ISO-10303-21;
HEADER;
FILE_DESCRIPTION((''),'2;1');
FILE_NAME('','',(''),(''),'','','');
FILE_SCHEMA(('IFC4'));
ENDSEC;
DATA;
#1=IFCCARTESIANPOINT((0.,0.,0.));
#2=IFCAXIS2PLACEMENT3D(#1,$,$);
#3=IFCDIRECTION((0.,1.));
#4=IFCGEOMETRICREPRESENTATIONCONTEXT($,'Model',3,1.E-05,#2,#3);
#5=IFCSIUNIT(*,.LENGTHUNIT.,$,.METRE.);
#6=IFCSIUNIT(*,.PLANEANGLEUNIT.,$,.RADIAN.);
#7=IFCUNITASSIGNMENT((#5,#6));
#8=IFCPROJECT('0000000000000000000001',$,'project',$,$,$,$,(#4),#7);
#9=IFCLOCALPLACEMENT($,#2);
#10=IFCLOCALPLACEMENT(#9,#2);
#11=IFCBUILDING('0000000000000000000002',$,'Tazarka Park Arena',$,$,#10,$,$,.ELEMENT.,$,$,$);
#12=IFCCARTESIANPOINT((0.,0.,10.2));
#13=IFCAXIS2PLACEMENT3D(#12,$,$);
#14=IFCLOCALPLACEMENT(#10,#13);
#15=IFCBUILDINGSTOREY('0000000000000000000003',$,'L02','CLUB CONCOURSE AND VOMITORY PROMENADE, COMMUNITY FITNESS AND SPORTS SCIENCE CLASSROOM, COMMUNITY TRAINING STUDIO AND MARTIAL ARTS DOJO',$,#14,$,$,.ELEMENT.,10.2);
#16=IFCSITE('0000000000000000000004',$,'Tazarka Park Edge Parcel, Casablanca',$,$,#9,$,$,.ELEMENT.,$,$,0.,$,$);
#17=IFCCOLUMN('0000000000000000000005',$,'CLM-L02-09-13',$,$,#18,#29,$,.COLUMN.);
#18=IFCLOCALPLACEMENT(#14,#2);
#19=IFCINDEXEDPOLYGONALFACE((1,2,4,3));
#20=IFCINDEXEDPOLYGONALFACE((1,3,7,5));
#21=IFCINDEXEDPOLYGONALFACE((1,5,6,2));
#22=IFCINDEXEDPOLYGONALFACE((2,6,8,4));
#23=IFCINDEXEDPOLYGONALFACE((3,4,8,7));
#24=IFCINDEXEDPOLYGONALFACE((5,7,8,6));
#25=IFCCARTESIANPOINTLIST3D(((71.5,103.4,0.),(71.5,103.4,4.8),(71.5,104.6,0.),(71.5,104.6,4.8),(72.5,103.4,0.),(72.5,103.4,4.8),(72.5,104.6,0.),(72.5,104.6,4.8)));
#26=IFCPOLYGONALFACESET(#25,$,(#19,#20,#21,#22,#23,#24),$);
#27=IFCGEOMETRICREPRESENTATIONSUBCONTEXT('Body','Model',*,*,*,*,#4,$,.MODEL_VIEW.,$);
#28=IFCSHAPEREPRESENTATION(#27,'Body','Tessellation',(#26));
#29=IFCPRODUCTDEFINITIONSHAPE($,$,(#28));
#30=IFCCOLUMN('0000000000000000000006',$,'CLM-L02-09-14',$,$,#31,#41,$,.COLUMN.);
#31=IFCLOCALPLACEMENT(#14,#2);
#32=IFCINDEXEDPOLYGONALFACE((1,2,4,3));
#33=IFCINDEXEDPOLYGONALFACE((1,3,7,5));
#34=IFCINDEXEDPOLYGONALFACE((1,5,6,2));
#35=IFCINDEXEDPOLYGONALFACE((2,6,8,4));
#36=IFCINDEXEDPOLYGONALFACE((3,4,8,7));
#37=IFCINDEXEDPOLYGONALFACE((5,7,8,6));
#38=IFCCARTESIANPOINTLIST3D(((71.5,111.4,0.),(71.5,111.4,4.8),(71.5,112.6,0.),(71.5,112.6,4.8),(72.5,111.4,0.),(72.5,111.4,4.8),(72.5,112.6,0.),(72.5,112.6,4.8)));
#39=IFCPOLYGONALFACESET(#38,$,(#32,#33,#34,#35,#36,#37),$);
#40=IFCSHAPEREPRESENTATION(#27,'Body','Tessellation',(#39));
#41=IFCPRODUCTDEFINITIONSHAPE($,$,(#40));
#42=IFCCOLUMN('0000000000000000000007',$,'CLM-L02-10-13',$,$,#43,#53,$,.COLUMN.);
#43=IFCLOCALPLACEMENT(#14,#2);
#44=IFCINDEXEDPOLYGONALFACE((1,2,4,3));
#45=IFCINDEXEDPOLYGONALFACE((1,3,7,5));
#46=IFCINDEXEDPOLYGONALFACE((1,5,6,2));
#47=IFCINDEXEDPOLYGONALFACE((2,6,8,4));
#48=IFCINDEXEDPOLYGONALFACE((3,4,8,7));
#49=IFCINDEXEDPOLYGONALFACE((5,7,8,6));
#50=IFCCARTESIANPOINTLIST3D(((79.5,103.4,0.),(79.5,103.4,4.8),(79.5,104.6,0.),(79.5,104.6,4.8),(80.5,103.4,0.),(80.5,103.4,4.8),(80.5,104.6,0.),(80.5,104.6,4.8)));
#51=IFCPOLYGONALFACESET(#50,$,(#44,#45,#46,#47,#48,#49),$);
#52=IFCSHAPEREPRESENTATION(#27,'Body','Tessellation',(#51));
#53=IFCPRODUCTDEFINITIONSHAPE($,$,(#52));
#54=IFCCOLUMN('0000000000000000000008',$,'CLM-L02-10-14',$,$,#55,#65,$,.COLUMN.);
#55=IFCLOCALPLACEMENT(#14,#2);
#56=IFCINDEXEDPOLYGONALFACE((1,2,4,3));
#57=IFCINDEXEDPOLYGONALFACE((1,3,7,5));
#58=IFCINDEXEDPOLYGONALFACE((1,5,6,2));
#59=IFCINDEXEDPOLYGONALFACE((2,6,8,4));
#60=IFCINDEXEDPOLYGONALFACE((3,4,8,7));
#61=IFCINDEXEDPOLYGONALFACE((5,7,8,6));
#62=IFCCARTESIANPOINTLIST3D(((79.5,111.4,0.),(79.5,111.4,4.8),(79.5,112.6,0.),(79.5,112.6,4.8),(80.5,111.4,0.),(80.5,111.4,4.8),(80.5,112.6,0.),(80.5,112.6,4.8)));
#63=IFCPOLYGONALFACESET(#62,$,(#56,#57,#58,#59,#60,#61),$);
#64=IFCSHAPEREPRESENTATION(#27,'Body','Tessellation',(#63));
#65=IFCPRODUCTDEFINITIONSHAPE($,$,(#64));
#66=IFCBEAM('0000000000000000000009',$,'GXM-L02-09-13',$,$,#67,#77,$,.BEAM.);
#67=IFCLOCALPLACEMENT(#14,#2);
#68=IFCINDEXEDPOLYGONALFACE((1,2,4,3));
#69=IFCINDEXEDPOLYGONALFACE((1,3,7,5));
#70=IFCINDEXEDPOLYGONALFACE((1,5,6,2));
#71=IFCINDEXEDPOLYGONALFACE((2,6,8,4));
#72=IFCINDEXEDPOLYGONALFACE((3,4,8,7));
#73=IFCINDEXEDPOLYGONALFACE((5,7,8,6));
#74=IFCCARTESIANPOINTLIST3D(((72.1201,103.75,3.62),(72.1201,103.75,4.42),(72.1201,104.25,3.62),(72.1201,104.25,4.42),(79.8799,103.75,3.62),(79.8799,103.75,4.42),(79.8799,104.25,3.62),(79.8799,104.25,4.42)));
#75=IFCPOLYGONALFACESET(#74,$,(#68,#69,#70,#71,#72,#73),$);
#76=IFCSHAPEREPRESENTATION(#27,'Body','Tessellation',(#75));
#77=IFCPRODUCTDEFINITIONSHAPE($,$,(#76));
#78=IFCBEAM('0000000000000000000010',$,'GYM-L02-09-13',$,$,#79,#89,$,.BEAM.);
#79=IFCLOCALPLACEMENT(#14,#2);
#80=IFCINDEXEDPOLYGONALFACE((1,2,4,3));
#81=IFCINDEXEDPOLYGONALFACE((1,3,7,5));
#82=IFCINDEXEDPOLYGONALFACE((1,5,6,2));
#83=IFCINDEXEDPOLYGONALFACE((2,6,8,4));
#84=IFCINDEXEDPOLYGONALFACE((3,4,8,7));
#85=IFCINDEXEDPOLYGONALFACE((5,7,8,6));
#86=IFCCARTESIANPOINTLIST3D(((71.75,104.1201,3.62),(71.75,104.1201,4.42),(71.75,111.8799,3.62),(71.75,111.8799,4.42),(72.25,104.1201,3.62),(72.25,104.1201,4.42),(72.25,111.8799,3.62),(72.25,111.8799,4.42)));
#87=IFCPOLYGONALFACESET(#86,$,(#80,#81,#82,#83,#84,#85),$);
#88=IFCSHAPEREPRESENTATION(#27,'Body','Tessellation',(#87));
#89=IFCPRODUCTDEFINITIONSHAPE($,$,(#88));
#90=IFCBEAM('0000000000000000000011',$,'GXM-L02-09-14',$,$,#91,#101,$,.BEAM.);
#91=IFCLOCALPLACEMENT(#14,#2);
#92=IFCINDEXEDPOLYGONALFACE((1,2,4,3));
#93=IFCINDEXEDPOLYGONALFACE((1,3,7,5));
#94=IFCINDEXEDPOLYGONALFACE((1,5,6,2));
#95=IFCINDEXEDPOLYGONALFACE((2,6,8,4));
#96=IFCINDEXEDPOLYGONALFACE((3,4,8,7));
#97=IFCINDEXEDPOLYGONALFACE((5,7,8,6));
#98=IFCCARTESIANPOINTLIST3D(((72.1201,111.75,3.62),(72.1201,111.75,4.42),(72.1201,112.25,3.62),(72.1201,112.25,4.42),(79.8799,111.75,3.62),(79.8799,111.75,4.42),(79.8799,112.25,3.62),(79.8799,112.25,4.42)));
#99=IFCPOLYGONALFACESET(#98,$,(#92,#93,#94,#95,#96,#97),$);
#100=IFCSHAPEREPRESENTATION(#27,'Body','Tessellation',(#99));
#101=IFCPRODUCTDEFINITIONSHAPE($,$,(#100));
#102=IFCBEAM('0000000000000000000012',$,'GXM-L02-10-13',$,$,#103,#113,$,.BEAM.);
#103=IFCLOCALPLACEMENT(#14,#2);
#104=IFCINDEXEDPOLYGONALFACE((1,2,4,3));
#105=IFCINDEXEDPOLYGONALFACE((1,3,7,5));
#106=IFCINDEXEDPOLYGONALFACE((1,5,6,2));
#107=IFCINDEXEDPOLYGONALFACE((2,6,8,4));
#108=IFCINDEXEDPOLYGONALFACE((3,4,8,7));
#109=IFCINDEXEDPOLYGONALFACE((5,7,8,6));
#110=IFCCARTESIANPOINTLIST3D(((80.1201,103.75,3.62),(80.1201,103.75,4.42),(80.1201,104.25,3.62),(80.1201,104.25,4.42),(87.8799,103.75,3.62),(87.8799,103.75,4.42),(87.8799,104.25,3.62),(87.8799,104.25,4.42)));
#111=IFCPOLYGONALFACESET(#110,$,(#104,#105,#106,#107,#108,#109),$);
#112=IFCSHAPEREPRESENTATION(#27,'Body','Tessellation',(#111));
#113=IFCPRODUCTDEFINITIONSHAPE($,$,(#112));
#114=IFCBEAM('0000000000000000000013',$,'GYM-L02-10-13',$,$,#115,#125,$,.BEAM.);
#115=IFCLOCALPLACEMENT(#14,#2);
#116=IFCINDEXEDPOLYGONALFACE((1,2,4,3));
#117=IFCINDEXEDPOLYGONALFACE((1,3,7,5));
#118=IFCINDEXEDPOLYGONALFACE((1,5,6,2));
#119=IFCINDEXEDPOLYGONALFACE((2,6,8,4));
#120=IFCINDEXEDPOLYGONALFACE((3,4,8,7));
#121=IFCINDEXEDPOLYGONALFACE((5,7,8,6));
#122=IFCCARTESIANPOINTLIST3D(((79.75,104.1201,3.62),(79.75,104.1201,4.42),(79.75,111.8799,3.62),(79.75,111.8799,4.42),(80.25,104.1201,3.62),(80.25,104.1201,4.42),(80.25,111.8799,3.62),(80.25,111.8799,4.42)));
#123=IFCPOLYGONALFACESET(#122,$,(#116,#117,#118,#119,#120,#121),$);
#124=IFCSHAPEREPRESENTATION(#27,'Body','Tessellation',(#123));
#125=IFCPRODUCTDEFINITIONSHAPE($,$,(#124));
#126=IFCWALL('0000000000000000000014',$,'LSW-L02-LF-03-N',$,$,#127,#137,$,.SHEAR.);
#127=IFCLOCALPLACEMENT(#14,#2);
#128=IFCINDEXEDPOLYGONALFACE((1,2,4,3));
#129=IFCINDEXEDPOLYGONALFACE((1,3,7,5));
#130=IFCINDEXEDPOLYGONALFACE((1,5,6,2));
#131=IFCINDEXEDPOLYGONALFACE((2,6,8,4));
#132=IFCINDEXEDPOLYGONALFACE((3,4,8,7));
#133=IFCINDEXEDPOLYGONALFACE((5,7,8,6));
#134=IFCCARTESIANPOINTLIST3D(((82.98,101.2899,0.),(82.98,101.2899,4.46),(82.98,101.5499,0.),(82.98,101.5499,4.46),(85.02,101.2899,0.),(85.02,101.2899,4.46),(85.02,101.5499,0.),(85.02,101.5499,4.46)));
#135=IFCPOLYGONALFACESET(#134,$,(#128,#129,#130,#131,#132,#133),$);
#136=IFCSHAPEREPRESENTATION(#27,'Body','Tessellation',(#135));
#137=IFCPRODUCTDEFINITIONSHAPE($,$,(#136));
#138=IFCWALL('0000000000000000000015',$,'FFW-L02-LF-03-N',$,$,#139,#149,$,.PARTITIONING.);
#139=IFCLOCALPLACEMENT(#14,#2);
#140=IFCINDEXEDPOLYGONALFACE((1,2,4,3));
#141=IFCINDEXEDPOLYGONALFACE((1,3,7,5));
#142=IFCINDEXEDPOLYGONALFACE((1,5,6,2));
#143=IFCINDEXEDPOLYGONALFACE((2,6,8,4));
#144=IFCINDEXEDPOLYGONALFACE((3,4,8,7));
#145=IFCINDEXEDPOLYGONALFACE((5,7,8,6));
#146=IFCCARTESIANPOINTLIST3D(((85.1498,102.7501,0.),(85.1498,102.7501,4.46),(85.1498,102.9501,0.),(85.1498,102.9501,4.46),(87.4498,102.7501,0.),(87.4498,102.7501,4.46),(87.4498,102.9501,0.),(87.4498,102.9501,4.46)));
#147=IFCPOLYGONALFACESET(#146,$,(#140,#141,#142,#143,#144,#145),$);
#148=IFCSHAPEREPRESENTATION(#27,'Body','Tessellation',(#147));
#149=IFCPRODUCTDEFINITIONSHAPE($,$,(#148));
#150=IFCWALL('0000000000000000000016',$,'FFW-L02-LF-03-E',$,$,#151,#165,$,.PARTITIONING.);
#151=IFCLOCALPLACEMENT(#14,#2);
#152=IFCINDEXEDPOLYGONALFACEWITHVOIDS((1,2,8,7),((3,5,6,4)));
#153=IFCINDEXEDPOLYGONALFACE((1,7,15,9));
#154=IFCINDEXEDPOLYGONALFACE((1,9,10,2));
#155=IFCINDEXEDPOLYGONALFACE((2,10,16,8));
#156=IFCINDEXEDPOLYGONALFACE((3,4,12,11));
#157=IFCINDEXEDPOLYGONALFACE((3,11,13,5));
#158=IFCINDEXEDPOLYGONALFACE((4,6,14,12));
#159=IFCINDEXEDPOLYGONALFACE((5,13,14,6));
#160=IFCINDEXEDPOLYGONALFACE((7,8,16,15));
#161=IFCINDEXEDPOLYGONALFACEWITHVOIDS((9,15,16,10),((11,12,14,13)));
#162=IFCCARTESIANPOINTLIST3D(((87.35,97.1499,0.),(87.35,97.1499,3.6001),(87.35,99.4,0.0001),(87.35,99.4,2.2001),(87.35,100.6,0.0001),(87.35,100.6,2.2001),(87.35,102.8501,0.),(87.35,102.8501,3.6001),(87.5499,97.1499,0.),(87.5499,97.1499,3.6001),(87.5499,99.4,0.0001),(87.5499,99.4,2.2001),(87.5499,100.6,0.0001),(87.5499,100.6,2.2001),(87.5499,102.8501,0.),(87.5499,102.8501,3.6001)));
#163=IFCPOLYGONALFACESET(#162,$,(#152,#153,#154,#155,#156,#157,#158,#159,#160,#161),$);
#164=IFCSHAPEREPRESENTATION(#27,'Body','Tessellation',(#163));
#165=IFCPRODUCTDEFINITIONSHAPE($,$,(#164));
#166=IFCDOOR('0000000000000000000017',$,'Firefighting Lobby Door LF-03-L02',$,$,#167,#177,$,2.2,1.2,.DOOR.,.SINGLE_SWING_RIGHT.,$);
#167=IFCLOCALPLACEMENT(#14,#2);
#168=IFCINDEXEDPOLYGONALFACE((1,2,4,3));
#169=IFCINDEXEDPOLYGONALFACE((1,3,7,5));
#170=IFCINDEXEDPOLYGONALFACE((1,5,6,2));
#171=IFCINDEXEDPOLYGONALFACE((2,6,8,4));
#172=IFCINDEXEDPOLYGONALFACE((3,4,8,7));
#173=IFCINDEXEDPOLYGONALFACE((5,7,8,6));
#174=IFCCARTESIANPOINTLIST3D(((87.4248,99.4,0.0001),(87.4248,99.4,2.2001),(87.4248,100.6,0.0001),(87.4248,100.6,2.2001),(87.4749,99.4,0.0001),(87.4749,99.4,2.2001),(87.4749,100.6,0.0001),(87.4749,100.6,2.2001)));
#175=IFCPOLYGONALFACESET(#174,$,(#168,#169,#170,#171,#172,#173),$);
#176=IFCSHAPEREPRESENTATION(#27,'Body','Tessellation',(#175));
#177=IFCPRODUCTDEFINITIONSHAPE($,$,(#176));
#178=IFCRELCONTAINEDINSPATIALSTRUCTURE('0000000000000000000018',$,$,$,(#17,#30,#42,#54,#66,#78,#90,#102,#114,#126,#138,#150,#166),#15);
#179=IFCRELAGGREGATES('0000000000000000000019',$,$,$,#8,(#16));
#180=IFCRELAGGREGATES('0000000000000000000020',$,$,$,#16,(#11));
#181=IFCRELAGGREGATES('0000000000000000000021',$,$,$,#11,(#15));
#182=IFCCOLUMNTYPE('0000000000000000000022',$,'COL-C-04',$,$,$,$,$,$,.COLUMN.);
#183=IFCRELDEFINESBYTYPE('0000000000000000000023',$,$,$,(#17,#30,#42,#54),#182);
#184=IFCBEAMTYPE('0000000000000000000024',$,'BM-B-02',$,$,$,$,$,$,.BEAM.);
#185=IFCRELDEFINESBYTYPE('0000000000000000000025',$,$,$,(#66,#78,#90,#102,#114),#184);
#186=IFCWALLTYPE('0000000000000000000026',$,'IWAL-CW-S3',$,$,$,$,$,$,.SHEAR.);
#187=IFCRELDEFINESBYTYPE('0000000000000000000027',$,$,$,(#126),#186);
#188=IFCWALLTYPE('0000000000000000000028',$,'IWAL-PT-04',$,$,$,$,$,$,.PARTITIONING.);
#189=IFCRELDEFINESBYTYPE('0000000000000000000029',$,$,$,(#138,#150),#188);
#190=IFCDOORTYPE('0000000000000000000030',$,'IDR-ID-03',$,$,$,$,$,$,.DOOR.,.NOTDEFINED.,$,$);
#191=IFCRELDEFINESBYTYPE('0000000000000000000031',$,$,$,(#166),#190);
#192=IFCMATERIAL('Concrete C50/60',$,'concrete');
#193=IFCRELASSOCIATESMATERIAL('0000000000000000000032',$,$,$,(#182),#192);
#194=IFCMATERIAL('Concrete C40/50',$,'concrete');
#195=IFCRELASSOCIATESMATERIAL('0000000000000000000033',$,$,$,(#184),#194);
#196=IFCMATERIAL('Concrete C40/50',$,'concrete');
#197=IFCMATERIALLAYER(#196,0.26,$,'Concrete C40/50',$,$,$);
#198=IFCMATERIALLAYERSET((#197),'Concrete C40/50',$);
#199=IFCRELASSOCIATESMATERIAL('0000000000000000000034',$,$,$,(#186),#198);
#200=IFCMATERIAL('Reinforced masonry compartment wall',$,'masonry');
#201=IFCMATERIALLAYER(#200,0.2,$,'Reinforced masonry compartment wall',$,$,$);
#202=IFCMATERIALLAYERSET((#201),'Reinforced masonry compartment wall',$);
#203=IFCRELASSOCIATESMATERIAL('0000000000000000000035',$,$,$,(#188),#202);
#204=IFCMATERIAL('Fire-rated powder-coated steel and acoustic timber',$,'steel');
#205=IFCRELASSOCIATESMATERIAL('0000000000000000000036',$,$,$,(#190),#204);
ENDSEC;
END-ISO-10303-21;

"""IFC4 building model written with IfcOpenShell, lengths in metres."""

from ifc_helpers import new_model, si_unit, direction, frame, frame_2d, origin, origin_2d, place, context, subcontext, project, spatial, rectangle, extrude, material, layer, layer_set, material_profile, profile_set, type_object, element, fill, save


model = new_model("IFC4")

# Units and contexts
model_context = context("Model", 3, precision=1e-05, world=origin(), true_north=direction((0.0, 1.0)))
body_context = subcontext(model_context, "Body", "Model", "MODEL_VIEW")
ifc_project = project(units=[si_unit("LENGTHUNIT", "METRE"), si_unit("PLANEANGLEUNIT", "RADIAN")], contexts=[model_context])

# Site, building, storey
site_placement = place(None, origin())
site = spatial("IfcSite", under=ifc_project, at=site_placement, Name="Tazarka Park Edge Parcel, Casablanca", CompositionType="ELEMENT", RefElevation=0.0)
building_placement = place(site_placement, origin())
building = spatial("IfcBuilding", under=site, at=building_placement, Name="Tazarka Park Arena", CompositionType="ELEMENT")
storey_placement = place(building_placement, frame((0.0, 0.0, 10.2)))
storey = spatial("IfcBuildingStorey", under=building, at=storey_placement, Name="L02", Description="CLUB CONCOURSE AND VOMITORY PROMENADE, COMMUNITY FITNESS AND SPORTS SCIENCE CLASSROOM, COMMUNITY TRAINING STUDIO AND MARTIAL ARTS DOJO", CompositionType="ELEMENT", Elevation=10.2)

# Columns
ifc_material_1 = material(Name="Concrete C50/60", Category="concrete")
ifc_material_profile_1 = material_profile(ifc_material_1, rectangle(XDim=1.0, YDim=1.2, at=origin_2d()), Name="Concrete C50/60")
ifc_profile_set_1 = profile_set([ifc_material_profile_1], Name="Concrete C50/60")
column_type = type_object("IfcColumnType", Name="COL-C-04", PredefinedType="COLUMN", material=ifc_profile_set_1)
for number, where, z_axis, x_axis, name in (
    (1, (72.0, 104.0, 0.0), (0.0, 0.0, 1.0), (1.0, 0.0, 0.0), "CLM-L02-09-13"),
    (2, (72.0, 112.0, 0.0), (0.0, 0.0, 1.0), (1.0, 0.0, 0.0), "CLM-L02-09-14"),
    (3, (80.0, 104.0, 0.0), (0.0, 0.0, 1.0), (1.0, 0.0, 0.0), "CLM-L02-10-13"),
    (4, (80.0, 112.0, 0.0), (0.0, 0.0, 1.0), (1.0, 0.0, 0.0), "CLM-L02-10-14"),
):
    element("IfcColumn", number, at=place(storey_placement, frame(where, z_axis=z_axis, x_axis=x_axis)), inside=storey, type_object=column_type, Name=name, PredefinedType="COLUMN", context=body_context, shape_type="SweptSolid", body=[
        extrude(rectangle(XDim=1.0, YDim=1.2, at=origin_2d()), origin(), (0.0, 0.0, 1.0), 4.8),
    ])

# Beams
ifc_material_2 = material(Name="Concrete C40/50", Category="concrete")
ifc_material_profile_2 = material_profile(ifc_material_2, rectangle(XDim=0.5, YDim=0.8, at=origin_2d()), Name="Concrete C40/50")
ifc_profile_set_2 = profile_set([ifc_material_profile_2], Name="Concrete C40/50")
beam_type = type_object("IfcBeamType", Name="BM-B-02", PredefinedType="BEAM", material=ifc_profile_set_2)
for number, where, z_axis, x_axis, name in (
    (5, (72.1201, 104.0, 4.02), (1.0, 0.0, 0.0), (0.0, 1.0, 0.0), "GXM-L02-09-13"),
    (6, (72.0, 104.1201, 4.02), (0.0, 1.0, 0.0), (-1.0, 0.0, 0.0), "GYM-L02-09-13"),
    (7, (72.1201, 112.0, 4.02), (1.0, 0.0, 0.0), (0.0, 1.0, 0.0), "GXM-L02-09-14"),
    (8, (80.1201, 104.0, 4.02), (1.0, 0.0, 0.0), (0.0, 1.0, 0.0), "GXM-L02-10-13"),
    (9, (80.0, 104.1201, 4.02), (0.0, 1.0, 0.0), (-1.0, 0.0, 0.0), "GYM-L02-10-13"),
):
    element("IfcBeam", number, at=place(storey_placement, frame(where, z_axis=z_axis, x_axis=x_axis)), inside=storey, type_object=beam_type, Name=name, PredefinedType="BEAM", context=body_context, shape_type="SweptSolid", body=[
        extrude(rectangle(XDim=0.5, YDim=0.8, at=origin_2d()), origin(), (0.0, 0.0, 1.0), 7.7598),
    ])

# Wall
ifc_material_3 = material(Name="Concrete C40/50", Category="concrete")
ifc_layer_1 = layer(ifc_material_3, 0.26, Name="Concrete C40/50")
ifc_layer_set_1 = layer_set([ifc_layer_1], Name="Concrete C40/50")
wall_type_1 = type_object("IfcWallType", Name="IWAL-CW-S3", PredefinedType="SHEAR", material=ifc_layer_set_1)
wall_1_placement = place(storey_placement, frame((82.98, 101.4199, 0.0), z_axis=(0.0, 0.0, 1.0), x_axis=(1.0, 0.0, 0.0)))
element("IfcWall", 10, at=wall_1_placement, inside=storey, type_object=wall_type_1, Name="LSW-L02-LF-03-N", PredefinedType="SHEAR", context=body_context, shape_type="SweptSolid", body=[
    extrude(rectangle(XDim=2.04, YDim=0.26, at=frame_2d((1.02, 0.0))), origin(), (0.0, 0.0, 1.0), 4.46),
])

# Wall
ifc_material_4 = material(Name="Reinforced masonry compartment wall", Category="masonry")
ifc_layer_2 = layer(ifc_material_4, 0.2, Name="Reinforced masonry compartment wall")
ifc_layer_set_2 = layer_set([ifc_layer_2], Name="Reinforced masonry compartment wall")
wall_type_2 = type_object("IfcWallType", Name="IWAL-PT-04", PredefinedType="PARTITIONING", material=ifc_layer_set_2)
wall_2_placement = place(storey_placement, frame((85.1499, 102.8501, 0.0), z_axis=(0.0, 0.0, 1.0), x_axis=(1.0, 0.0, 0.0)))
element("IfcWall", 11, at=wall_2_placement, inside=storey, type_object=wall_type_2, Name="FFW-L02-LF-03-N", PredefinedType="PARTITIONING", context=body_context, shape_type="SweptSolid", body=[
    extrude(rectangle(XDim=2.3, YDim=0.2, at=frame_2d((1.1499, 0.0))), origin(), (0.0, 0.0, 1.0), 4.46),
])

# Wall, opening, door
wall_3_placement = place(storey_placement, frame((87.45, 102.8501, 0.0), z_axis=(0.0, 0.0, 1.0), x_axis=(0.0, -1.0, 0.0)))
wall_3 = element("IfcWall", 12, at=wall_3_placement, inside=storey, type_object=wall_type_2, Name="FFW-L02-LF-03-E", PredefinedType="PARTITIONING", context=body_context, shape_type="SweptSolid", body=[
    extrude(rectangle(XDim=5.7002, YDim=0.2, at=frame_2d((2.8501, 0.0))), origin(), (0.0, 0.0, 1.0), 3.6001),
])
opening_1_placement = place(wall_3_placement, frame((2.25, 0.0, 0.0)))
opening_1 = element("IfcOpeningElement", 13, at=opening_1_placement, cuts=wall_3, PredefinedType="OPENING", context=body_context, shape_type="SweptSolid", body=[
    extrude(rectangle(XDim=1.2, YDim=2.2, at=frame_2d((0.6001, 1.1001))), frame((0.0, 0.1099, 0.0), z_axis=(0.0, -1.0, 0.0), x_axis=(1.0, 0.0, 0.0)), (0.0, 0.0, 1.0), 0.22),
])
ifc_material_5 = material(Name="Fire-rated powder-coated steel and acoustic timber", Category="steel")
door_type_1 = type_object("IfcDoorType", Name="IDR-ID-03", OperationType="NOTDEFINED", PredefinedType="DOOR", material=ifc_material_5)
door_1_placement = place(opening_1_placement, origin())
door_1 = element("IfcDoor", 14, at=door_1_placement, inside=storey, type_object=door_type_1, Name="Firefighting Lobby Door LF-03-L02", OperationType="SINGLE_SWING_RIGHT", OverallHeight=2.2, OverallWidth=1.2, PredefinedType="DOOR", context=body_context, shape_type="SweptSolid", body=[
    extrude(rectangle(XDim=1.2, YDim=2.2, at=frame_2d((0.6001, 1.1001))), frame((0.0, 0.0249, 0.0), z_axis=(0.0, -1.0, 0.0), x_axis=(1.0, 0.0, 0.0)), (0.0, 0.0, 1.0), 0.05),
])
fill(opening_1, door_1)

save(model, "model.ifc")
